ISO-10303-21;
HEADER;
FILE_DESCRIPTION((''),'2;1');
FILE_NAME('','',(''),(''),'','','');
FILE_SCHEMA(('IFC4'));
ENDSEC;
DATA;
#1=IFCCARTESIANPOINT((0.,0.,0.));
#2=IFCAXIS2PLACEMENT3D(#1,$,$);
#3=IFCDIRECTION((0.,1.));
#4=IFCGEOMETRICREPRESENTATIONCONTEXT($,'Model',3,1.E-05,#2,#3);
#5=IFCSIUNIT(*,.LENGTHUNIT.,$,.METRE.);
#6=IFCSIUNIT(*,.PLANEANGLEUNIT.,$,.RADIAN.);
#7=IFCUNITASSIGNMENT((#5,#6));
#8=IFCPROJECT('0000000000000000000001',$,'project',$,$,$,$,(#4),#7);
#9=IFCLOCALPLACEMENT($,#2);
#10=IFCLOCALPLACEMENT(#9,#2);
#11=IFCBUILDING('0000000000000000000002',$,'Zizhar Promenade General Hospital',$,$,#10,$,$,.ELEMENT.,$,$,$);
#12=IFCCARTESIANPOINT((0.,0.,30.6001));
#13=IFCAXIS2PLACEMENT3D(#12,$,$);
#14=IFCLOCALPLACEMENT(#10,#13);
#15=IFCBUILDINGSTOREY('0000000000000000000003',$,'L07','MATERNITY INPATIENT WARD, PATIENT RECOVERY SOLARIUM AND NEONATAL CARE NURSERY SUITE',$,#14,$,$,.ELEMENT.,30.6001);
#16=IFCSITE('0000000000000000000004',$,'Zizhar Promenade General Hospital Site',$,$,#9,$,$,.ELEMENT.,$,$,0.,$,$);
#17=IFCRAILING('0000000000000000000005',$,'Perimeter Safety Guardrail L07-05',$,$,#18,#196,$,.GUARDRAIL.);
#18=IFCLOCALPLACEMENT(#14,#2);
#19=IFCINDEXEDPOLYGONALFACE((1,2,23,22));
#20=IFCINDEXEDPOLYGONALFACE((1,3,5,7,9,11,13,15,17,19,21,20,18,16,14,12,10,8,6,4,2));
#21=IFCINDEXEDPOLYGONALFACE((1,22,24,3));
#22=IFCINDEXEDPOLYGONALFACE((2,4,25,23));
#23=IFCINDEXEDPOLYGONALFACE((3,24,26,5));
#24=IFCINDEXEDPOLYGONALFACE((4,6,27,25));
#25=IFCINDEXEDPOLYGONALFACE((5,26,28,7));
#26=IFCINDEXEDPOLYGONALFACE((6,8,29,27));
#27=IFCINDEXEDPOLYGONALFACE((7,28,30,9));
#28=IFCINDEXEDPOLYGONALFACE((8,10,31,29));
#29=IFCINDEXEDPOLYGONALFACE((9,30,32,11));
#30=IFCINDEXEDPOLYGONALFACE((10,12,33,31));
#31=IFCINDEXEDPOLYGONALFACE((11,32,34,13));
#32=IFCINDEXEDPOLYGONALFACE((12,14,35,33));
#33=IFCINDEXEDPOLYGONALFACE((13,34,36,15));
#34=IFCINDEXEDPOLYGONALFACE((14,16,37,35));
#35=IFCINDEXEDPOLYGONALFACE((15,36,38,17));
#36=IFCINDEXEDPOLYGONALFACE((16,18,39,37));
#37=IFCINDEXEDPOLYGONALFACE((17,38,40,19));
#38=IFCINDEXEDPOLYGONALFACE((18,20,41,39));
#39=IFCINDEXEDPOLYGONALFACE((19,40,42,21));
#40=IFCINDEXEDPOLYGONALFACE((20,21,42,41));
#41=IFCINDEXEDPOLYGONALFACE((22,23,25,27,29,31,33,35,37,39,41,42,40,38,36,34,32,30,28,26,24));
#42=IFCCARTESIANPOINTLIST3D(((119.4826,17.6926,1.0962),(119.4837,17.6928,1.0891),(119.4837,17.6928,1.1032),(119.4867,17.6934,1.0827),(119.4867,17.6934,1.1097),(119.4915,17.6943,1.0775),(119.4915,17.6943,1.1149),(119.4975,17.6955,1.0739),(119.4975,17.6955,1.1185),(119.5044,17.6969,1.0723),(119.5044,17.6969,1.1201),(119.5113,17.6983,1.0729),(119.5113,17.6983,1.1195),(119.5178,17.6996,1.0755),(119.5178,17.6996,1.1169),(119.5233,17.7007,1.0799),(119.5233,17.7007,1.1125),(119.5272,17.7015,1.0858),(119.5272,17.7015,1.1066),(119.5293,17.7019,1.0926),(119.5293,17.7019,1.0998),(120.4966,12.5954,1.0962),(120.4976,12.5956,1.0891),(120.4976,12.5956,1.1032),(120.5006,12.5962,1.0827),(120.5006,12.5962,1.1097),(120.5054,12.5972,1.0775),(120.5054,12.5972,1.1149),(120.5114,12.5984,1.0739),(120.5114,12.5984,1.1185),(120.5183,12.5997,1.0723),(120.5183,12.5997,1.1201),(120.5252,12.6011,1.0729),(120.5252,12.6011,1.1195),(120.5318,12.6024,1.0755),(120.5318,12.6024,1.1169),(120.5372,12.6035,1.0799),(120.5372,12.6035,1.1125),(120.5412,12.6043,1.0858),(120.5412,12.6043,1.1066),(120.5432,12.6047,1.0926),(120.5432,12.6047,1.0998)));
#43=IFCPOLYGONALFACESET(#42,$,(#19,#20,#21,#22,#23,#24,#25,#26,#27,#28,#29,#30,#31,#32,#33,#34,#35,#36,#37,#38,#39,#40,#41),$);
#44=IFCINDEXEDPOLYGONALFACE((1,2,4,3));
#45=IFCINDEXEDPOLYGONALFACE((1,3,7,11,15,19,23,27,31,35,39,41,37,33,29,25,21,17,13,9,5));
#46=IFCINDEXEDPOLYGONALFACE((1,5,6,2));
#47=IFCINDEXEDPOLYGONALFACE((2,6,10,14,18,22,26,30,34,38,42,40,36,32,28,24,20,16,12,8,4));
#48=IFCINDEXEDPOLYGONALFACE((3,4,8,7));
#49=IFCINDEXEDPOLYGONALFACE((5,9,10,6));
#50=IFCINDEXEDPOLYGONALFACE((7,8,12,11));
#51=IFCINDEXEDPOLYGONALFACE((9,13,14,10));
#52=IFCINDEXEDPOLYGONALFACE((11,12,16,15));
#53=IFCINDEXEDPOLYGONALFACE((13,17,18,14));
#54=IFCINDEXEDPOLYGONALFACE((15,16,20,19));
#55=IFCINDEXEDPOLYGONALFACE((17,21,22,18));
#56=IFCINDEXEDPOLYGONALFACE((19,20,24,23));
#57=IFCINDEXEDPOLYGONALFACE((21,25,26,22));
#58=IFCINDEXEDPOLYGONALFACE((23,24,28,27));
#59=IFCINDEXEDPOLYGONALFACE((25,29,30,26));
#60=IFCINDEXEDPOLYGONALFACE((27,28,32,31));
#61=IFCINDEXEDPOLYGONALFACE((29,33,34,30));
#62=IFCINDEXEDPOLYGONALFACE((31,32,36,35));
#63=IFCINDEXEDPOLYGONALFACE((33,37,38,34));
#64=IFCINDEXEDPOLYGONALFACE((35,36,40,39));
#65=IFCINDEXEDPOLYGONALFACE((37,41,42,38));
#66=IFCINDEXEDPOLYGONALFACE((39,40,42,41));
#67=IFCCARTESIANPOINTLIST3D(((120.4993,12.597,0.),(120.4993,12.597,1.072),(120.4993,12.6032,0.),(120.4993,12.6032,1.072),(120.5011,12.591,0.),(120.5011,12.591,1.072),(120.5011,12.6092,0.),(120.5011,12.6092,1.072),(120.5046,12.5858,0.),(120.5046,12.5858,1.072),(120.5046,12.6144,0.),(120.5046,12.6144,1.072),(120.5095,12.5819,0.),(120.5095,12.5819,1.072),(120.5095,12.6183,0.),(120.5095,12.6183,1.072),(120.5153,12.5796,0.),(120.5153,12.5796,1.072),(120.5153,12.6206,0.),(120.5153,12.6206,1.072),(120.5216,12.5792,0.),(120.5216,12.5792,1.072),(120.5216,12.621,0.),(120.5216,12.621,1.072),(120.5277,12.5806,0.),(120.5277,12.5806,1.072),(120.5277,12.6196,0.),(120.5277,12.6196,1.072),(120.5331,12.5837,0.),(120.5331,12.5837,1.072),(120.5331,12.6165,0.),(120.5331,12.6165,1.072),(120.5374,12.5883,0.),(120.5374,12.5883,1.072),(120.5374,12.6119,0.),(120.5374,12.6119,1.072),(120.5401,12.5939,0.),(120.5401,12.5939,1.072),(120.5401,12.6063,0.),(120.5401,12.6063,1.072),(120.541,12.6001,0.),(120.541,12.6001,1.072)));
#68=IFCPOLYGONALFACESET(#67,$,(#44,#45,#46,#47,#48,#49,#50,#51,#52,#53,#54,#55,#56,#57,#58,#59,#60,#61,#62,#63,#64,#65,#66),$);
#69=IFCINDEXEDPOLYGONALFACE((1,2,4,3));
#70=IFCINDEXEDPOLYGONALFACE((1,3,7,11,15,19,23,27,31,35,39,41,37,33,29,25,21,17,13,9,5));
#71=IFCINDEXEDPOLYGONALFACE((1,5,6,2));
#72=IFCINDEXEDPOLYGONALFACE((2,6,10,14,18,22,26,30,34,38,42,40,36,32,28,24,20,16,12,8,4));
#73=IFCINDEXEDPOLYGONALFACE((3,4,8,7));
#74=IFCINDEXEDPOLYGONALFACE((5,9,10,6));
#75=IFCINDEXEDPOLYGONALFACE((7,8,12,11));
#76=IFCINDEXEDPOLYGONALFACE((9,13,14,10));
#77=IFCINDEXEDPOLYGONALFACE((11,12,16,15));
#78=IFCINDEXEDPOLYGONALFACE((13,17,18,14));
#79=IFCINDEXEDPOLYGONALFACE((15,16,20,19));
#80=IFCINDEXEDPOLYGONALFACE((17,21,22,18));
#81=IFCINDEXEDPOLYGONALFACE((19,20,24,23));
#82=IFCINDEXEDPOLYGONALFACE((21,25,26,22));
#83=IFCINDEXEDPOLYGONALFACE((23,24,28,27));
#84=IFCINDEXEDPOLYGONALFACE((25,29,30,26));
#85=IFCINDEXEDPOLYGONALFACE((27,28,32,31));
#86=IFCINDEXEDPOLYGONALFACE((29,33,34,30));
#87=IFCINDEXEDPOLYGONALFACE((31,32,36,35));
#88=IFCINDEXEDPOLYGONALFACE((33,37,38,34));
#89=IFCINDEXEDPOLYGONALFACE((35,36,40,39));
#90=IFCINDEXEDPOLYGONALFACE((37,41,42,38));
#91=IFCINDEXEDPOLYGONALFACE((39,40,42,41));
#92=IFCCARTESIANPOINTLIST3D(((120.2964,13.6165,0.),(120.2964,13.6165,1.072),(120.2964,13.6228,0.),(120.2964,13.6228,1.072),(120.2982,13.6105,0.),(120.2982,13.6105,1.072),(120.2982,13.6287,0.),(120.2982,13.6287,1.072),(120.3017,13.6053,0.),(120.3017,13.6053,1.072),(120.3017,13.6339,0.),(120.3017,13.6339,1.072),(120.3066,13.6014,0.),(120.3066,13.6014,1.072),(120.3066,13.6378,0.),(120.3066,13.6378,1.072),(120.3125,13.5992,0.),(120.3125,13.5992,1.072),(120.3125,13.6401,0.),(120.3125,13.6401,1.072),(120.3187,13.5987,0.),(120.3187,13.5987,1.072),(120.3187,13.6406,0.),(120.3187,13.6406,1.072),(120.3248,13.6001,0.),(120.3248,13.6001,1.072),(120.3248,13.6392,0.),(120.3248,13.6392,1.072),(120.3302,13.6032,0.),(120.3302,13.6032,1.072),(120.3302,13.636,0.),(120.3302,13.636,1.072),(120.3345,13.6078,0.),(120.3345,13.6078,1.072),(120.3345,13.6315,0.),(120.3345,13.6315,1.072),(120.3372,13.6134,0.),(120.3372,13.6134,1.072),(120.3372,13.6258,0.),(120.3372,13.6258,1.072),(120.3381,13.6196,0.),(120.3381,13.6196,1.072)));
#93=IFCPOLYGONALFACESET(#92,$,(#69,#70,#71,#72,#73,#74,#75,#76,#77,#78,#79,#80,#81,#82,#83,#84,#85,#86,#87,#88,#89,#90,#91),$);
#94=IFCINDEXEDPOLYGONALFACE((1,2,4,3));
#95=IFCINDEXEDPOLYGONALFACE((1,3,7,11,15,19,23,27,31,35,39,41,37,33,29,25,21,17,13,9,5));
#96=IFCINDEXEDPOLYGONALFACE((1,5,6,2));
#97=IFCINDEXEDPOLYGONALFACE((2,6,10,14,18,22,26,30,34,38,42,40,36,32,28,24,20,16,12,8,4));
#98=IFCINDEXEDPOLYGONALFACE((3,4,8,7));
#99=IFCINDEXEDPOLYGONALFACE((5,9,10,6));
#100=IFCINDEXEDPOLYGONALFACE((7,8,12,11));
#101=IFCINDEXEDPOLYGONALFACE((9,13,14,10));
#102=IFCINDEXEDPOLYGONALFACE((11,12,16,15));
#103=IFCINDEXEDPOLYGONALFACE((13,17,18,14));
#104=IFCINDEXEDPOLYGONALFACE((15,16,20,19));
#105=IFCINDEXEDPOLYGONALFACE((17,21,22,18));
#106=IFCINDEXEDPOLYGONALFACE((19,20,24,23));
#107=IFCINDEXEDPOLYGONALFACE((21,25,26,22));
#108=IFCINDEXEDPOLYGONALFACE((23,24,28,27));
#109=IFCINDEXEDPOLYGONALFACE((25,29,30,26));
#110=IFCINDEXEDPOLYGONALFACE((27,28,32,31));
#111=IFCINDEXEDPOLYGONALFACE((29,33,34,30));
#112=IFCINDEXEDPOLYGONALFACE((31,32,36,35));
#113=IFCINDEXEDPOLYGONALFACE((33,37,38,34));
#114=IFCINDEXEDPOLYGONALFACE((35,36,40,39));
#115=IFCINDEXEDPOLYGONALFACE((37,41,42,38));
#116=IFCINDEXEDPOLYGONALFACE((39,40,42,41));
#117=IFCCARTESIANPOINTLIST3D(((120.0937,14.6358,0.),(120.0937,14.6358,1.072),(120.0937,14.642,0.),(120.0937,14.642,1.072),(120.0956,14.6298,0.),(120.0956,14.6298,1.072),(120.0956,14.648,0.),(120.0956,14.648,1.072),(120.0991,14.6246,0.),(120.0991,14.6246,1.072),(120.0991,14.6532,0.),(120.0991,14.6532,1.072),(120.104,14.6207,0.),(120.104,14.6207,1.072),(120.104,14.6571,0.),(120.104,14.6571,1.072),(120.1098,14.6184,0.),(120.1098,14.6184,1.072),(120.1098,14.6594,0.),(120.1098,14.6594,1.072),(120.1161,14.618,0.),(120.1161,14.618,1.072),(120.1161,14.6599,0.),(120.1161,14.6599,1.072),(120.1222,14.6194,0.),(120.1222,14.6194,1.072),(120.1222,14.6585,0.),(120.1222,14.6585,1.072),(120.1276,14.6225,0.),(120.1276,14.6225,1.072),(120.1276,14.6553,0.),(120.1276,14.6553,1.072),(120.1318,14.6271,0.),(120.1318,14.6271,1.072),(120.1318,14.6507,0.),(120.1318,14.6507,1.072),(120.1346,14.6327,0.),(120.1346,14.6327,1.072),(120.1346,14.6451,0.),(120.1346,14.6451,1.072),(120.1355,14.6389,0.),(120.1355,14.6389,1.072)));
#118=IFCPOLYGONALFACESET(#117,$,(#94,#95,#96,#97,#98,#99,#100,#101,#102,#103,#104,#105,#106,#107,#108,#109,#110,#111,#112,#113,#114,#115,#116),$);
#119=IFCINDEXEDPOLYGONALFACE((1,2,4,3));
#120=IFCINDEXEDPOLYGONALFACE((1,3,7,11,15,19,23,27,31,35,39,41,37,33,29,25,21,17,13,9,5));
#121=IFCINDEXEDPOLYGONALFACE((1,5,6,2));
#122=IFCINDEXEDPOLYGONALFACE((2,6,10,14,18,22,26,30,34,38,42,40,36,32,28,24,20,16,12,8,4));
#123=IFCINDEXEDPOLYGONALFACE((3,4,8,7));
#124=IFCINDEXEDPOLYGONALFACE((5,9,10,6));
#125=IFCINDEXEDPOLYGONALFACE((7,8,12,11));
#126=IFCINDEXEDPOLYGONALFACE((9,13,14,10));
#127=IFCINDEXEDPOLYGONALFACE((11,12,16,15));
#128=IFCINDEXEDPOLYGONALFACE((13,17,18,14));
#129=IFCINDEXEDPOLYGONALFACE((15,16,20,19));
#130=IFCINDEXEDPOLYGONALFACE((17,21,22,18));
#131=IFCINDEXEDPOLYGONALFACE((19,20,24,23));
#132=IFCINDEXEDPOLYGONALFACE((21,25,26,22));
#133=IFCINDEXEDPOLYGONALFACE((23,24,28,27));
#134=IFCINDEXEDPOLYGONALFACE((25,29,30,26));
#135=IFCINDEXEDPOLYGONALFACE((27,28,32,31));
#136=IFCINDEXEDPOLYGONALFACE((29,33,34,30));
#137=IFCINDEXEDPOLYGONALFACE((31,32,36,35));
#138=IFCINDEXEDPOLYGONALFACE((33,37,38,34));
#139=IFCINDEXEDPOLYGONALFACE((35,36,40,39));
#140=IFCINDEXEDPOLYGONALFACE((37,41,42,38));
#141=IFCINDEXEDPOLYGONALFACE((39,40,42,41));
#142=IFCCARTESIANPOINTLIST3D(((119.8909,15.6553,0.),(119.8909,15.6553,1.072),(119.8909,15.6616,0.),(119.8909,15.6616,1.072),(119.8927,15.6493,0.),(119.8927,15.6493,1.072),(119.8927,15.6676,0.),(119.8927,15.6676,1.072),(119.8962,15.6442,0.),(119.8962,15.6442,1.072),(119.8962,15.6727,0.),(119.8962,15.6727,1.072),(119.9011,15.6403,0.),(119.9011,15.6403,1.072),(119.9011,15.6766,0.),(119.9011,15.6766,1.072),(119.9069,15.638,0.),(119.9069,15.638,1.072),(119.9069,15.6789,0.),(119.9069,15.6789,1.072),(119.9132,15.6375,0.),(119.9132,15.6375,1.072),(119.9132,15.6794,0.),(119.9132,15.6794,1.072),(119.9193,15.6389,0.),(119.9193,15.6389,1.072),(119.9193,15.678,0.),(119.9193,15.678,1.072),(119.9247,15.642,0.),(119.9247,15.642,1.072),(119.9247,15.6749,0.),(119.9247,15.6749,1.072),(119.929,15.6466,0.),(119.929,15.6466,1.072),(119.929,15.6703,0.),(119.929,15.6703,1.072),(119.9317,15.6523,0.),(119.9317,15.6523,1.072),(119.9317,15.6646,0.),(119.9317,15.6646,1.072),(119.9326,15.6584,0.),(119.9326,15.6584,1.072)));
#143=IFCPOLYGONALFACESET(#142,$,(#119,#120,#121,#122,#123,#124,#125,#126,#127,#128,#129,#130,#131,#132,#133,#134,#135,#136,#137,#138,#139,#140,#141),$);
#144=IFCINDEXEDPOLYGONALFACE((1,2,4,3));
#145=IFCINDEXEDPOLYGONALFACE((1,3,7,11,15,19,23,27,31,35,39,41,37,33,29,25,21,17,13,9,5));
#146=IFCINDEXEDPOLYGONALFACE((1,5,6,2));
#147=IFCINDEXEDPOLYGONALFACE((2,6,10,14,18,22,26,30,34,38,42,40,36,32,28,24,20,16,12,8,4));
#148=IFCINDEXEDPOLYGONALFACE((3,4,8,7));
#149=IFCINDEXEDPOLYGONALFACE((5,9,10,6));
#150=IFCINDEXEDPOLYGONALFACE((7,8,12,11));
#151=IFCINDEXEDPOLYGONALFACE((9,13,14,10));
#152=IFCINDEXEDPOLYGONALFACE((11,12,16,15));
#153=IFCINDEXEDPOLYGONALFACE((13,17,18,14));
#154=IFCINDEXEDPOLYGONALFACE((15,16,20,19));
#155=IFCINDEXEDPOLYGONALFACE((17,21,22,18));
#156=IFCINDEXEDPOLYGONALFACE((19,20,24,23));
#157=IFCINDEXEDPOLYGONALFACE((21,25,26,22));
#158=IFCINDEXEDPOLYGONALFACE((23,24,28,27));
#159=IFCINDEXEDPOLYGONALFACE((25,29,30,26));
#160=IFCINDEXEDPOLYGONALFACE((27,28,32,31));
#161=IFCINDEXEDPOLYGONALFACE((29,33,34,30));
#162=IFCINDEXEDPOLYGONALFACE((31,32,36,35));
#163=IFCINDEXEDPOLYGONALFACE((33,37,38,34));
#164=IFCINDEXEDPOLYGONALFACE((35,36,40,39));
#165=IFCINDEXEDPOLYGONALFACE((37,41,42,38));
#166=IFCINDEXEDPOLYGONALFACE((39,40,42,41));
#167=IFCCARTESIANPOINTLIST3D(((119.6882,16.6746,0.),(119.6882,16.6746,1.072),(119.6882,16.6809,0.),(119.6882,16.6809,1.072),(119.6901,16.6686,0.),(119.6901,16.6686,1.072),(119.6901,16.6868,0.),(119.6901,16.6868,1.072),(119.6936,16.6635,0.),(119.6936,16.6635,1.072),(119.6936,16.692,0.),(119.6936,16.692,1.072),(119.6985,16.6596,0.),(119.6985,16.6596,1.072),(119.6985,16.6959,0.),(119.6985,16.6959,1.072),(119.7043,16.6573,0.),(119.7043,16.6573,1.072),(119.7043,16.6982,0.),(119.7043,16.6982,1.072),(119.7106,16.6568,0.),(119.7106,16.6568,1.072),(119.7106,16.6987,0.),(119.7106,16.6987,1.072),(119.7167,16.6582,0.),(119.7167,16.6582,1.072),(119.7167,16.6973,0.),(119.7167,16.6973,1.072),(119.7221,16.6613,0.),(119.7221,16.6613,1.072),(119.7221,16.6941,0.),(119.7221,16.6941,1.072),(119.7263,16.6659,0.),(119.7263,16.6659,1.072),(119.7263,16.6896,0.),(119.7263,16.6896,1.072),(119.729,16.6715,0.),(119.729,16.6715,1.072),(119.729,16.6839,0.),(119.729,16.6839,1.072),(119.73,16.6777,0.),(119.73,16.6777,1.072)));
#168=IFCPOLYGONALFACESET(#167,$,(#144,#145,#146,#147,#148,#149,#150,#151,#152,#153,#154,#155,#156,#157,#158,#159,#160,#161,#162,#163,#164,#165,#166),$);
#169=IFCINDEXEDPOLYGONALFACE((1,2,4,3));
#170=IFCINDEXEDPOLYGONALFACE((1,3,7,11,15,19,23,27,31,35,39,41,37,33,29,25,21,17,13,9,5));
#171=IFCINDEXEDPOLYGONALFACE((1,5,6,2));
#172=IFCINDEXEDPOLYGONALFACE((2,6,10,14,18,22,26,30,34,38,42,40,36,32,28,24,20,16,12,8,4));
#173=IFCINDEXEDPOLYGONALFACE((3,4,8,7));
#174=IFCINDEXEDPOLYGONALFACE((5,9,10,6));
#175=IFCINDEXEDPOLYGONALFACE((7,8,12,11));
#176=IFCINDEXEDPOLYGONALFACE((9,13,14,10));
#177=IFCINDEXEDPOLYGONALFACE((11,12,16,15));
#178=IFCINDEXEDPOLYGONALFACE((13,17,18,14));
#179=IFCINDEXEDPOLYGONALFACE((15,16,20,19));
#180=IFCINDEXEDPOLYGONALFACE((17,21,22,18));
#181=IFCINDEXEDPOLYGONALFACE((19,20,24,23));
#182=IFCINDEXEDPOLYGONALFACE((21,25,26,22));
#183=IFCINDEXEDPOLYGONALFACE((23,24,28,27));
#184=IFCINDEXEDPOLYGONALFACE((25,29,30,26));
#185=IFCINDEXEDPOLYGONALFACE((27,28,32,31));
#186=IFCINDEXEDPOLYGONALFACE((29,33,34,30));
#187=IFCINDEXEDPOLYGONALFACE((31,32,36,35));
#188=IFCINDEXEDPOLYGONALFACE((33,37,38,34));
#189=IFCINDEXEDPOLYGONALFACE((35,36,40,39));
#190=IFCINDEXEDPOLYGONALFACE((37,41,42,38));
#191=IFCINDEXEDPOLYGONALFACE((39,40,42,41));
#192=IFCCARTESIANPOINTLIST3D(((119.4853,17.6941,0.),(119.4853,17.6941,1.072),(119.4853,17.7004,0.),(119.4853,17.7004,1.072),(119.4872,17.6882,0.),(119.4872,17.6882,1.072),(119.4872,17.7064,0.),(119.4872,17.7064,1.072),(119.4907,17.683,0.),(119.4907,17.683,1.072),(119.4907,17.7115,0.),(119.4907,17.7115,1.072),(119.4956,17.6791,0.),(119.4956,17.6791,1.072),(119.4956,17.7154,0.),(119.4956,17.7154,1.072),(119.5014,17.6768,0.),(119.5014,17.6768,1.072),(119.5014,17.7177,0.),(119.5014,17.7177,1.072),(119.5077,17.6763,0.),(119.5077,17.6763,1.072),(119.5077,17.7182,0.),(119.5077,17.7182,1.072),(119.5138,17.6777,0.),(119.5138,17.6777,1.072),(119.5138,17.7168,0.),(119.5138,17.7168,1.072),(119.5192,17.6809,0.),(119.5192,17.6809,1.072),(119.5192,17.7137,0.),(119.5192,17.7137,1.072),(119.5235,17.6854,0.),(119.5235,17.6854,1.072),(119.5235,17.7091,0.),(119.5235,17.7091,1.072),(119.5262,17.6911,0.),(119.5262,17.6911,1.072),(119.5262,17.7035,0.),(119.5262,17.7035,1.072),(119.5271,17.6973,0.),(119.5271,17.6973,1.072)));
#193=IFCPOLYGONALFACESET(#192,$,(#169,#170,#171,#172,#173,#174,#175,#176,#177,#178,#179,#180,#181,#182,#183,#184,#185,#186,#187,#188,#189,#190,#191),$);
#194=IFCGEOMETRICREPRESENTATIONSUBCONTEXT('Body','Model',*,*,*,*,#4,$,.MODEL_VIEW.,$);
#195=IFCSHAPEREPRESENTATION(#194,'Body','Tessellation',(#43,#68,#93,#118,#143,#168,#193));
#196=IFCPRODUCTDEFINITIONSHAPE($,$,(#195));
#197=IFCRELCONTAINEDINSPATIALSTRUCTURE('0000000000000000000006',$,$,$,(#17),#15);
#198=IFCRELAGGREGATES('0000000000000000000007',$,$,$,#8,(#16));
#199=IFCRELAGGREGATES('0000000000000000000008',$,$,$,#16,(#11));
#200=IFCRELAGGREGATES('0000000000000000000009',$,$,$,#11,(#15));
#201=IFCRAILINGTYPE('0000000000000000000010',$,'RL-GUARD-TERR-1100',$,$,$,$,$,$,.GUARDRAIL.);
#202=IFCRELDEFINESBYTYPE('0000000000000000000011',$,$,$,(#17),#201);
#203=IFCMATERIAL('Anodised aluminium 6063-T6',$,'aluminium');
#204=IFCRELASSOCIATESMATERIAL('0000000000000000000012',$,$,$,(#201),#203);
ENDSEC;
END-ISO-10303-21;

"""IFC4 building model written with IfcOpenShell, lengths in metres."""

from ifc_helpers import new_model, si_unit, direction, frame, origin, origin_2d, place, context, subcontext, project, spatial, circle, hollow_circle, extrude, material, material_profile, profile_set, type_object, element, save


model = new_model("IFC4")

# Units and contexts
model_context = context("Model", 3, precision=1e-05, world=origin(), true_north=direction((0.0, 1.0)))
body_context = subcontext(model_context, "Body", "Model", "MODEL_VIEW")
ifc_project = project(units=[si_unit("LENGTHUNIT", "METRE"), si_unit("PLANEANGLEUNIT", "RADIAN")], contexts=[model_context])

# Site, building, storey
site_placement = place(None, origin())
site = spatial("IfcSite", under=ifc_project, at=site_placement, Name="Zizhar Promenade General Hospital Site", CompositionType="ELEMENT", RefElevation=0.0)
building_placement = place(site_placement, origin())
building = spatial("IfcBuilding", under=site, at=building_placement, Name="Zizhar Promenade General Hospital", CompositionType="ELEMENT")
storey_placement = place(building_placement, frame((0.0, 0.0, 30.6001)))
storey = spatial("IfcBuildingStorey", under=building, at=storey_placement, Name="L07", Description="MATERNITY INPATIENT WARD, PATIENT RECOVERY SOLARIUM AND NEONATAL CARE NURSERY SUITE", CompositionType="ELEMENT", Elevation=30.6001)

# Railing
ifc_material_1 = material(Name="Anodised aluminium 6063-T6", Category="aluminium")
ifc_material_profile_1 = material_profile(ifc_material_1, hollow_circle(Radius=0.0698, WallThickness=0.0063, at=origin_2d()))
ifc_profile_set_1 = profile_set([ifc_material_profile_1], Name="Anodised aluminium 6063-T6")
railing_type = type_object("IfcRailingType", Name="RL-GUARD-TERR-1100", PredefinedType="GUARDRAIL", material=ifc_profile_set_1)
railing_1_placement = place(storey_placement, frame((120.52, 12.6001, 0.0)))
element("IfcRailing", 1, at=railing_1_placement, inside=storey, type_object=railing_type, Name="Perimeter Safety Guardrail L07-05", PredefinedType="GUARDRAIL", context=body_context, shape_type="SweptSolid", body=[
    extrude(circle(Radius=0.0239, at=origin_2d()), frame((0.0, 0.0, 1.0962), z_axis=(-0.195095, 0.980784, 0.0), x_axis=(-0.980784, -0.195095, 0.0)), (0.0, 0.0, 1.0), 5.197),
    extrude(circle(Radius=0.021, at=origin_2d()), origin(), (0.0, 0.0, 1.0), 1.072),
    extrude(circle(Radius=0.021, at=origin_2d()), frame((-0.2029, 1.0195, 0.0)), (0.0, 0.0, 1.0), 1.072),
    extrude(circle(Radius=0.021, at=origin_2d()), frame((-0.4055, 2.0388, 0.0)), (0.0, 0.0, 1.0), 1.072),
    extrude(circle(Radius=0.021, at=origin_2d()), frame((-0.6084, 3.0583, 0.0)), (0.0, 0.0, 1.0), 1.072),
    extrude(circle(Radius=0.021, at=origin_2d()), frame((-0.811, 4.0776, 0.0)), (0.0, 0.0, 1.0), 1.072),
    extrude(circle(Radius=0.021, at=origin_2d()), frame((-1.0139, 5.0972, 0.0)), (0.0, 0.0, 1.0), 1.072),
])

save(model, "model.ifc")
